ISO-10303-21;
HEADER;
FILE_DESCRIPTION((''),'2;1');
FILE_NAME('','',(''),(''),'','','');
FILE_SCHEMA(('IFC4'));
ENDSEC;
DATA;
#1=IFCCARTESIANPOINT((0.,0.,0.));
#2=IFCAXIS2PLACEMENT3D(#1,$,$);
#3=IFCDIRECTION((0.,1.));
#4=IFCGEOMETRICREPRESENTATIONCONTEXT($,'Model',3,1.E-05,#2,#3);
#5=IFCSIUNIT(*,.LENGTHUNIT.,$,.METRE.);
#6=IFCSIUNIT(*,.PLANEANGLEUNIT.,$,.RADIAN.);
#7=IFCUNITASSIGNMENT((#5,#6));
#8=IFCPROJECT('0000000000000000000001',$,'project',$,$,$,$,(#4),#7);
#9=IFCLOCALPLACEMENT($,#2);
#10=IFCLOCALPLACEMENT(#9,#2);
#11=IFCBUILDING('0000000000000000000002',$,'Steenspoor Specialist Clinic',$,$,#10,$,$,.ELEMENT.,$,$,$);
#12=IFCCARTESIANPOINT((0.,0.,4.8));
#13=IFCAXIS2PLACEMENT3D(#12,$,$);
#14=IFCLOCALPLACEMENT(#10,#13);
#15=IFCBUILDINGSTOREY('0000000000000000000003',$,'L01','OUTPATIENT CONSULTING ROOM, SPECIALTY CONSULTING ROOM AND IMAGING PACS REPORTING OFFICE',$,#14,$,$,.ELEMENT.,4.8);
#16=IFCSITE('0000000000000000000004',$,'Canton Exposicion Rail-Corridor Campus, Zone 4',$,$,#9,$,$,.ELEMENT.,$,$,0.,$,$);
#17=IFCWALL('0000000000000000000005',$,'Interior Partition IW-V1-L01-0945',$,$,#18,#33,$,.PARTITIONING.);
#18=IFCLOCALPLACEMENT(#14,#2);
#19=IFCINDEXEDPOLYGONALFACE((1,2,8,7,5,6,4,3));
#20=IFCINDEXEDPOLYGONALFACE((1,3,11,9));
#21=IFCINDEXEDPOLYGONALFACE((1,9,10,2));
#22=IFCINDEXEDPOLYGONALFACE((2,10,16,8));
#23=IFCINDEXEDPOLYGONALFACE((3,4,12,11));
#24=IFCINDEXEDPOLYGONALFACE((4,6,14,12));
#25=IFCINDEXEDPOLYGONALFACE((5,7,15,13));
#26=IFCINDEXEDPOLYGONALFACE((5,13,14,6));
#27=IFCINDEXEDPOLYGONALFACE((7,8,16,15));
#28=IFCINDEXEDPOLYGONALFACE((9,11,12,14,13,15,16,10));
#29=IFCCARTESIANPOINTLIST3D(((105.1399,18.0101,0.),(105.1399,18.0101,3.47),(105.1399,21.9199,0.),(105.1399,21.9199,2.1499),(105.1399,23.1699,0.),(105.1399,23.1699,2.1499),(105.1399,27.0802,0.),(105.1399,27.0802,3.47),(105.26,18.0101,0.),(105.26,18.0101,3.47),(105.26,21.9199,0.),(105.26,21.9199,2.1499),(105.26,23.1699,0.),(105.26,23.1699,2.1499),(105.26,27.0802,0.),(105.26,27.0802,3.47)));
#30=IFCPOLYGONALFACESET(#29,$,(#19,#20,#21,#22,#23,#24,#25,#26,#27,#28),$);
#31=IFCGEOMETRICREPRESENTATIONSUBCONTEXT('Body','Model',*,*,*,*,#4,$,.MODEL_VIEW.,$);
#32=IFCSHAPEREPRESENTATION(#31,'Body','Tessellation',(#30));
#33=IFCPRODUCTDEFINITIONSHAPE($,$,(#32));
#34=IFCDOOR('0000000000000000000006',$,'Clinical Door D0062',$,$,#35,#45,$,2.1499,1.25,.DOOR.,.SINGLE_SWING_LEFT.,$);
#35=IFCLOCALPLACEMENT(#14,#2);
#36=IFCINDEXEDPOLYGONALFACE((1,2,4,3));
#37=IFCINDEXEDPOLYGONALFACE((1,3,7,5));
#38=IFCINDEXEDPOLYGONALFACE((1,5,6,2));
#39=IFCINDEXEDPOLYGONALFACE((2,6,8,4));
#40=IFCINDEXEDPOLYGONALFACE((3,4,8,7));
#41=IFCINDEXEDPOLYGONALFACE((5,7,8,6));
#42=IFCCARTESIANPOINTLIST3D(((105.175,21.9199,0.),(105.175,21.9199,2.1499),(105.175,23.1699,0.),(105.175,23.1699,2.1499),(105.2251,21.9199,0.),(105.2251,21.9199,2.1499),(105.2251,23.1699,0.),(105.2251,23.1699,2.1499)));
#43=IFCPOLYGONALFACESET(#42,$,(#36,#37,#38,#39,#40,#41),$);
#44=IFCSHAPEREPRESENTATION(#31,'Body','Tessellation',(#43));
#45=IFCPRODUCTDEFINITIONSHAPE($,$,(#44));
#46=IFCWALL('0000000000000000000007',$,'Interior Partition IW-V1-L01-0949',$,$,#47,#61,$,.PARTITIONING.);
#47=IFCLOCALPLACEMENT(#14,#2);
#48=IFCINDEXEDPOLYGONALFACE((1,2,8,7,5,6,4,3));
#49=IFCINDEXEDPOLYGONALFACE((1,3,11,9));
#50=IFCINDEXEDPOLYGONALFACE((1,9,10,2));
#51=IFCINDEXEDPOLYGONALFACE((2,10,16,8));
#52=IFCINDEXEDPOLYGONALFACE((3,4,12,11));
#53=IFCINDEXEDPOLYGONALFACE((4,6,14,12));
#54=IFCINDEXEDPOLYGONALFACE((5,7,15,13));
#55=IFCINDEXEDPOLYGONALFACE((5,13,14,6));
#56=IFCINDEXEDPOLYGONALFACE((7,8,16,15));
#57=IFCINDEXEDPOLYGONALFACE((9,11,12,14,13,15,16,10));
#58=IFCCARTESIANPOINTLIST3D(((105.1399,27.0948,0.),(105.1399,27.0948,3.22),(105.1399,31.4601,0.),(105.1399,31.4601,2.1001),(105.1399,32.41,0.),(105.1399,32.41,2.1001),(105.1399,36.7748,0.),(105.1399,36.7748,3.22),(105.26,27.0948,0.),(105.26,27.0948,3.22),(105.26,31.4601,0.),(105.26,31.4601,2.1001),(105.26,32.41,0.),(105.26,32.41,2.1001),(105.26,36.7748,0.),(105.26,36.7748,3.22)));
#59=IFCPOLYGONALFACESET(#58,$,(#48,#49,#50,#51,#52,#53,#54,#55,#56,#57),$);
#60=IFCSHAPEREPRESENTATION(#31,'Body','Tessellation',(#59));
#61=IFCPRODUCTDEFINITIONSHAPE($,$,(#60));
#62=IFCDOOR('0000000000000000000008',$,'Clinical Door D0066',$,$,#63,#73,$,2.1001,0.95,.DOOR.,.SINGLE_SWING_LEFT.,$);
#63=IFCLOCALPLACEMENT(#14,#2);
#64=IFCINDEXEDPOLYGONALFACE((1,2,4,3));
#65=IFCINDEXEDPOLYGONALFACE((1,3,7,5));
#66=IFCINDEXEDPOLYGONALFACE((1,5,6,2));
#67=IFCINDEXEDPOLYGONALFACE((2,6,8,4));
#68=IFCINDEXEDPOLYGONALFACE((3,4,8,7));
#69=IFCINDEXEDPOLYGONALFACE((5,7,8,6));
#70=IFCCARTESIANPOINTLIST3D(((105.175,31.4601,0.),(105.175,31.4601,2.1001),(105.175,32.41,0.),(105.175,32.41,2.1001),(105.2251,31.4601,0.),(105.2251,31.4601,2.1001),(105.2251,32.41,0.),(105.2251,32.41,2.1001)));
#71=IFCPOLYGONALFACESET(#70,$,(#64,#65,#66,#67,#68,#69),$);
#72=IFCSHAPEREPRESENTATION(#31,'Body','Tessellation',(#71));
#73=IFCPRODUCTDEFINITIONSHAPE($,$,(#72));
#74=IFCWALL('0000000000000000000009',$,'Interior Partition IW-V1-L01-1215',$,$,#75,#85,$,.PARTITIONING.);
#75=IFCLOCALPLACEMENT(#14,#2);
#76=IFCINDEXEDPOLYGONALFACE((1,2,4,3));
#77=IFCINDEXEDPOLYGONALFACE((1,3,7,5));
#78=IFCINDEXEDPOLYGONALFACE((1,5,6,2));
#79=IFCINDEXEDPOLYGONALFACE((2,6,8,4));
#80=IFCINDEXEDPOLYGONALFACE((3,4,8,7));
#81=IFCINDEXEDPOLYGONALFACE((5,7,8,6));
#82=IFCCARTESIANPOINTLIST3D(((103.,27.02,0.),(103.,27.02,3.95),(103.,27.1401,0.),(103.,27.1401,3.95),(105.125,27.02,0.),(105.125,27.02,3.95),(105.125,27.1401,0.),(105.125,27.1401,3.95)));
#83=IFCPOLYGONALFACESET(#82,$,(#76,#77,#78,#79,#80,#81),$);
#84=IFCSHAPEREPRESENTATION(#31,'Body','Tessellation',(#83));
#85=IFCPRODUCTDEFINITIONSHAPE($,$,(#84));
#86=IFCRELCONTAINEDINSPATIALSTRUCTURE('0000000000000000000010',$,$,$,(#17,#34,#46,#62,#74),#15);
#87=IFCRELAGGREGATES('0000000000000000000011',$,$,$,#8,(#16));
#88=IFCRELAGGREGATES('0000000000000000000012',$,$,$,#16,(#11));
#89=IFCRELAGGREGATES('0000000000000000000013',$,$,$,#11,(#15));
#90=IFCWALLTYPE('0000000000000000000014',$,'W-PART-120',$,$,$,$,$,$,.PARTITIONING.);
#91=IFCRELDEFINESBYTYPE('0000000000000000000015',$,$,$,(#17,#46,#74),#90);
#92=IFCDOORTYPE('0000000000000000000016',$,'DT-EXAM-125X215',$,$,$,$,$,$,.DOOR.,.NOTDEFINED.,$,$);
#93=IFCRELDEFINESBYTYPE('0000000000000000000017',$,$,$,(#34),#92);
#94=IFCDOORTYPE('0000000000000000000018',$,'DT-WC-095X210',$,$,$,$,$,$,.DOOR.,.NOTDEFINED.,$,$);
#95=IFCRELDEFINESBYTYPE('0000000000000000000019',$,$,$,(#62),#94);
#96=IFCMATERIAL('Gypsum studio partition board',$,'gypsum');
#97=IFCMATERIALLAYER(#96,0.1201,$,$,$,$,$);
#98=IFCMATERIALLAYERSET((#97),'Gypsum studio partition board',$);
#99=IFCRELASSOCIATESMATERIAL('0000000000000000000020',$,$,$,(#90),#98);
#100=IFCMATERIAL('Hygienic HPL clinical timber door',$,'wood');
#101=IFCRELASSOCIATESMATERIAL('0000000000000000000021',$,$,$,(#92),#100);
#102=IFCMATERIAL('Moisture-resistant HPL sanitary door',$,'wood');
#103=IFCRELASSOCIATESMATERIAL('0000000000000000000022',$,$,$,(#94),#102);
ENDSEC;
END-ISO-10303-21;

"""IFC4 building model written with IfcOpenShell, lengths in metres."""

from ifc_helpers import new_model, si_unit, direction, frame, frame_2d, origin, place, context, subcontext, project, spatial, rectangle, extrude, material, layer, layer_set, type_object, element, fill, save


model = new_model("IFC4")

# Units and contexts
model_context = context("Model", 3, precision=1e-05, world=origin(), true_north=direction((0.0, 1.0)))
body_context = subcontext(model_context, "Body", "Model", "MODEL_VIEW")
ifc_project = project(units=[si_unit("LENGTHUNIT", "METRE"), si_unit("PLANEANGLEUNIT", "RADIAN")], contexts=[model_context])

# Site, building, storey
site_placement = place(None, origin())
site = spatial("IfcSite", under=ifc_project, at=site_placement, Name="Canton Exposicion Rail-Corridor Campus, Zone 4", CompositionType="ELEMENT", RefElevation=0.0)
building_placement = place(site_placement, origin())
building = spatial("IfcBuilding", under=site, at=building_placement, Name="Steenspoor Specialist Clinic", CompositionType="ELEMENT")
storey_placement = place(building_placement, frame((0.0, 0.0, 4.8)))
storey = spatial("IfcBuildingStorey", under=building, at=storey_placement, Name="L01", Description="OUTPATIENT CONSULTING ROOM, SPECIALTY CONSULTING ROOM AND IMAGING PACS REPORTING OFFICE", CompositionType="ELEMENT", Elevation=4.8)

# Walls, openings, doors
ifc_material_1 = material(Name="Gypsum studio partition board", Category="gypsum")
ifc_layer_1 = layer(ifc_material_1, 0.1201)
ifc_layer_set_1 = layer_set([ifc_layer_1], Name="Gypsum studio partition board")
wall_type_1 = type_object("IfcWallType", Name="W-PART-120", PredefinedType="PARTITIONING", material=ifc_layer_set_1)
wall_1_placement = place(storey_placement, frame((105.2, 18.01, 0.0), z_axis=(0.0, 0.0, 1.0), x_axis=(0.0, 1.0, 0.0)))
wall_1 = element("IfcWall", 1, at=wall_1_placement, inside=storey, type_object=wall_type_1, Name="Interior Partition IW-V1-L01-0945", PredefinedType="PARTITIONING", context=body_context, shape_type="SweptSolid", body=[
    extrude(rectangle(XDim=9.0701, YDim=0.1201, at=frame_2d((4.5352, 0.0))), origin(), (0.0, 0.0, 1.0), 3.47),
])
opening_1_placement = place(wall_1_placement, frame((3.9099, 0.0, 0.0)))
opening_1 = element("IfcOpeningElement", 2, at=opening_1_placement, cuts=wall_1, PredefinedType="OPENING", context=body_context, shape_type="SweptSolid", body=[
    extrude(rectangle(XDim=1.25, YDim=2.1499, at=frame_2d((0.625, 1.075))), frame((0.0, 0.0701, 0.0), z_axis=(0.0, -1.0, 0.0), x_axis=(1.0, 0.0, 0.0)), (0.0, 0.0, 1.0), 0.1401),
])
ifc_material_2 = material(Name="Hygienic HPL clinical timber door", Category="wood")
door_type_1 = type_object("IfcDoorType", Name="DT-EXAM-125X215", OperationType="NOTDEFINED", PredefinedType="DOOR", material=ifc_material_2)
door_1_placement = place(opening_1_placement, origin())
door_1 = element("IfcDoor", 3, at=door_1_placement, inside=storey, type_object=door_type_1, Name="Clinical Door D0062", OperationType="SINGLE_SWING_LEFT", OverallHeight=2.1499, OverallWidth=1.25, PredefinedType="DOOR", context=body_context, shape_type="SweptSolid", body=[
    extrude(rectangle(XDim=1.25, YDim=2.1499, at=frame_2d((0.625, 1.075))), frame((0.0, 0.0249, 0.0), z_axis=(0.0, -1.0, 0.0), x_axis=(1.0, 0.0, 0.0)), (0.0, 0.0, 1.0), 0.05),
])
fill(opening_1, door_1)
wall_2_placement = place(storey_placement, frame((105.2, 27.095, 0.0), z_axis=(0.0, 0.0, 1.0), x_axis=(0.0, 1.0, 0.0)))
wall_2 = element("IfcWall", 4, at=wall_2_placement, inside=storey, type_object=wall_type_1, Name="Interior Partition IW-V1-L01-0949", PredefinedType="PARTITIONING", context=body_context, shape_type="SweptSolid", body=[
    extrude(rectangle(XDim=9.6799, YDim=0.1201, at=frame_2d((4.8398, 0.0))), origin(), (0.0, 0.0, 1.0), 3.22),
])
opening_2_placement = place(wall_2_placement, frame((4.365, 0.0, 0.0)))
opening_2 = element("IfcOpeningElement", 5, at=opening_2_placement, cuts=wall_2, PredefinedType="OPENING", context=body_context, shape_type="SweptSolid", body=[
    extrude(rectangle(XDim=0.95, YDim=2.1001, at=frame_2d((0.4751, 1.05))), frame((0.0, 0.0701, 0.0), z_axis=(0.0, -1.0, 0.0), x_axis=(1.0, 0.0, 0.0)), (0.0, 0.0, 1.0), 0.1401),
])
ifc_material_3 = material(Name="Moisture-resistant HPL sanitary door", Category="wood")
door_type_2 = type_object("IfcDoorType", Name="DT-WC-095X210", OperationType="NOTDEFINED", PredefinedType="DOOR", material=ifc_material_3)
door_2_placement = place(opening_2_placement, origin())
door_2 = element("IfcDoor", 6, at=door_2_placement, inside=storey, type_object=door_type_2, Name="Clinical Door D0066", OperationType="SINGLE_SWING_LEFT", OverallHeight=2.1001, OverallWidth=0.95, PredefinedType="DOOR", context=body_context, shape_type="SweptSolid", body=[
    extrude(rectangle(XDim=0.95, YDim=2.1001, at=frame_2d((0.4751, 1.05))), frame((0.0, 0.0249, 0.0), z_axis=(0.0, -1.0, 0.0), x_axis=(1.0, 0.0, 0.0)), (0.0, 0.0, 1.0), 0.05),
])
fill(opening_2, door_2)

# Wall
wall_3_placement = place(storey_placement, frame((103.0, 27.0801, 0.0), z_axis=(0.0, 0.0, 1.0), x_axis=(1.0, 0.0, 0.0)))
element("IfcWall", 7, at=wall_3_placement, inside=storey, type_object=wall_type_1, Name="Interior Partition IW-V1-L01-1215", PredefinedType="PARTITIONING", context=body_context, shape_type="SweptSolid", body=[
    extrude(rectangle(XDim=2.125, YDim=0.1201, at=frame_2d((1.0625, 0.0))), origin(), (0.0, 0.0, 1.0), 3.95),
])

save(model, "model.ifc")
